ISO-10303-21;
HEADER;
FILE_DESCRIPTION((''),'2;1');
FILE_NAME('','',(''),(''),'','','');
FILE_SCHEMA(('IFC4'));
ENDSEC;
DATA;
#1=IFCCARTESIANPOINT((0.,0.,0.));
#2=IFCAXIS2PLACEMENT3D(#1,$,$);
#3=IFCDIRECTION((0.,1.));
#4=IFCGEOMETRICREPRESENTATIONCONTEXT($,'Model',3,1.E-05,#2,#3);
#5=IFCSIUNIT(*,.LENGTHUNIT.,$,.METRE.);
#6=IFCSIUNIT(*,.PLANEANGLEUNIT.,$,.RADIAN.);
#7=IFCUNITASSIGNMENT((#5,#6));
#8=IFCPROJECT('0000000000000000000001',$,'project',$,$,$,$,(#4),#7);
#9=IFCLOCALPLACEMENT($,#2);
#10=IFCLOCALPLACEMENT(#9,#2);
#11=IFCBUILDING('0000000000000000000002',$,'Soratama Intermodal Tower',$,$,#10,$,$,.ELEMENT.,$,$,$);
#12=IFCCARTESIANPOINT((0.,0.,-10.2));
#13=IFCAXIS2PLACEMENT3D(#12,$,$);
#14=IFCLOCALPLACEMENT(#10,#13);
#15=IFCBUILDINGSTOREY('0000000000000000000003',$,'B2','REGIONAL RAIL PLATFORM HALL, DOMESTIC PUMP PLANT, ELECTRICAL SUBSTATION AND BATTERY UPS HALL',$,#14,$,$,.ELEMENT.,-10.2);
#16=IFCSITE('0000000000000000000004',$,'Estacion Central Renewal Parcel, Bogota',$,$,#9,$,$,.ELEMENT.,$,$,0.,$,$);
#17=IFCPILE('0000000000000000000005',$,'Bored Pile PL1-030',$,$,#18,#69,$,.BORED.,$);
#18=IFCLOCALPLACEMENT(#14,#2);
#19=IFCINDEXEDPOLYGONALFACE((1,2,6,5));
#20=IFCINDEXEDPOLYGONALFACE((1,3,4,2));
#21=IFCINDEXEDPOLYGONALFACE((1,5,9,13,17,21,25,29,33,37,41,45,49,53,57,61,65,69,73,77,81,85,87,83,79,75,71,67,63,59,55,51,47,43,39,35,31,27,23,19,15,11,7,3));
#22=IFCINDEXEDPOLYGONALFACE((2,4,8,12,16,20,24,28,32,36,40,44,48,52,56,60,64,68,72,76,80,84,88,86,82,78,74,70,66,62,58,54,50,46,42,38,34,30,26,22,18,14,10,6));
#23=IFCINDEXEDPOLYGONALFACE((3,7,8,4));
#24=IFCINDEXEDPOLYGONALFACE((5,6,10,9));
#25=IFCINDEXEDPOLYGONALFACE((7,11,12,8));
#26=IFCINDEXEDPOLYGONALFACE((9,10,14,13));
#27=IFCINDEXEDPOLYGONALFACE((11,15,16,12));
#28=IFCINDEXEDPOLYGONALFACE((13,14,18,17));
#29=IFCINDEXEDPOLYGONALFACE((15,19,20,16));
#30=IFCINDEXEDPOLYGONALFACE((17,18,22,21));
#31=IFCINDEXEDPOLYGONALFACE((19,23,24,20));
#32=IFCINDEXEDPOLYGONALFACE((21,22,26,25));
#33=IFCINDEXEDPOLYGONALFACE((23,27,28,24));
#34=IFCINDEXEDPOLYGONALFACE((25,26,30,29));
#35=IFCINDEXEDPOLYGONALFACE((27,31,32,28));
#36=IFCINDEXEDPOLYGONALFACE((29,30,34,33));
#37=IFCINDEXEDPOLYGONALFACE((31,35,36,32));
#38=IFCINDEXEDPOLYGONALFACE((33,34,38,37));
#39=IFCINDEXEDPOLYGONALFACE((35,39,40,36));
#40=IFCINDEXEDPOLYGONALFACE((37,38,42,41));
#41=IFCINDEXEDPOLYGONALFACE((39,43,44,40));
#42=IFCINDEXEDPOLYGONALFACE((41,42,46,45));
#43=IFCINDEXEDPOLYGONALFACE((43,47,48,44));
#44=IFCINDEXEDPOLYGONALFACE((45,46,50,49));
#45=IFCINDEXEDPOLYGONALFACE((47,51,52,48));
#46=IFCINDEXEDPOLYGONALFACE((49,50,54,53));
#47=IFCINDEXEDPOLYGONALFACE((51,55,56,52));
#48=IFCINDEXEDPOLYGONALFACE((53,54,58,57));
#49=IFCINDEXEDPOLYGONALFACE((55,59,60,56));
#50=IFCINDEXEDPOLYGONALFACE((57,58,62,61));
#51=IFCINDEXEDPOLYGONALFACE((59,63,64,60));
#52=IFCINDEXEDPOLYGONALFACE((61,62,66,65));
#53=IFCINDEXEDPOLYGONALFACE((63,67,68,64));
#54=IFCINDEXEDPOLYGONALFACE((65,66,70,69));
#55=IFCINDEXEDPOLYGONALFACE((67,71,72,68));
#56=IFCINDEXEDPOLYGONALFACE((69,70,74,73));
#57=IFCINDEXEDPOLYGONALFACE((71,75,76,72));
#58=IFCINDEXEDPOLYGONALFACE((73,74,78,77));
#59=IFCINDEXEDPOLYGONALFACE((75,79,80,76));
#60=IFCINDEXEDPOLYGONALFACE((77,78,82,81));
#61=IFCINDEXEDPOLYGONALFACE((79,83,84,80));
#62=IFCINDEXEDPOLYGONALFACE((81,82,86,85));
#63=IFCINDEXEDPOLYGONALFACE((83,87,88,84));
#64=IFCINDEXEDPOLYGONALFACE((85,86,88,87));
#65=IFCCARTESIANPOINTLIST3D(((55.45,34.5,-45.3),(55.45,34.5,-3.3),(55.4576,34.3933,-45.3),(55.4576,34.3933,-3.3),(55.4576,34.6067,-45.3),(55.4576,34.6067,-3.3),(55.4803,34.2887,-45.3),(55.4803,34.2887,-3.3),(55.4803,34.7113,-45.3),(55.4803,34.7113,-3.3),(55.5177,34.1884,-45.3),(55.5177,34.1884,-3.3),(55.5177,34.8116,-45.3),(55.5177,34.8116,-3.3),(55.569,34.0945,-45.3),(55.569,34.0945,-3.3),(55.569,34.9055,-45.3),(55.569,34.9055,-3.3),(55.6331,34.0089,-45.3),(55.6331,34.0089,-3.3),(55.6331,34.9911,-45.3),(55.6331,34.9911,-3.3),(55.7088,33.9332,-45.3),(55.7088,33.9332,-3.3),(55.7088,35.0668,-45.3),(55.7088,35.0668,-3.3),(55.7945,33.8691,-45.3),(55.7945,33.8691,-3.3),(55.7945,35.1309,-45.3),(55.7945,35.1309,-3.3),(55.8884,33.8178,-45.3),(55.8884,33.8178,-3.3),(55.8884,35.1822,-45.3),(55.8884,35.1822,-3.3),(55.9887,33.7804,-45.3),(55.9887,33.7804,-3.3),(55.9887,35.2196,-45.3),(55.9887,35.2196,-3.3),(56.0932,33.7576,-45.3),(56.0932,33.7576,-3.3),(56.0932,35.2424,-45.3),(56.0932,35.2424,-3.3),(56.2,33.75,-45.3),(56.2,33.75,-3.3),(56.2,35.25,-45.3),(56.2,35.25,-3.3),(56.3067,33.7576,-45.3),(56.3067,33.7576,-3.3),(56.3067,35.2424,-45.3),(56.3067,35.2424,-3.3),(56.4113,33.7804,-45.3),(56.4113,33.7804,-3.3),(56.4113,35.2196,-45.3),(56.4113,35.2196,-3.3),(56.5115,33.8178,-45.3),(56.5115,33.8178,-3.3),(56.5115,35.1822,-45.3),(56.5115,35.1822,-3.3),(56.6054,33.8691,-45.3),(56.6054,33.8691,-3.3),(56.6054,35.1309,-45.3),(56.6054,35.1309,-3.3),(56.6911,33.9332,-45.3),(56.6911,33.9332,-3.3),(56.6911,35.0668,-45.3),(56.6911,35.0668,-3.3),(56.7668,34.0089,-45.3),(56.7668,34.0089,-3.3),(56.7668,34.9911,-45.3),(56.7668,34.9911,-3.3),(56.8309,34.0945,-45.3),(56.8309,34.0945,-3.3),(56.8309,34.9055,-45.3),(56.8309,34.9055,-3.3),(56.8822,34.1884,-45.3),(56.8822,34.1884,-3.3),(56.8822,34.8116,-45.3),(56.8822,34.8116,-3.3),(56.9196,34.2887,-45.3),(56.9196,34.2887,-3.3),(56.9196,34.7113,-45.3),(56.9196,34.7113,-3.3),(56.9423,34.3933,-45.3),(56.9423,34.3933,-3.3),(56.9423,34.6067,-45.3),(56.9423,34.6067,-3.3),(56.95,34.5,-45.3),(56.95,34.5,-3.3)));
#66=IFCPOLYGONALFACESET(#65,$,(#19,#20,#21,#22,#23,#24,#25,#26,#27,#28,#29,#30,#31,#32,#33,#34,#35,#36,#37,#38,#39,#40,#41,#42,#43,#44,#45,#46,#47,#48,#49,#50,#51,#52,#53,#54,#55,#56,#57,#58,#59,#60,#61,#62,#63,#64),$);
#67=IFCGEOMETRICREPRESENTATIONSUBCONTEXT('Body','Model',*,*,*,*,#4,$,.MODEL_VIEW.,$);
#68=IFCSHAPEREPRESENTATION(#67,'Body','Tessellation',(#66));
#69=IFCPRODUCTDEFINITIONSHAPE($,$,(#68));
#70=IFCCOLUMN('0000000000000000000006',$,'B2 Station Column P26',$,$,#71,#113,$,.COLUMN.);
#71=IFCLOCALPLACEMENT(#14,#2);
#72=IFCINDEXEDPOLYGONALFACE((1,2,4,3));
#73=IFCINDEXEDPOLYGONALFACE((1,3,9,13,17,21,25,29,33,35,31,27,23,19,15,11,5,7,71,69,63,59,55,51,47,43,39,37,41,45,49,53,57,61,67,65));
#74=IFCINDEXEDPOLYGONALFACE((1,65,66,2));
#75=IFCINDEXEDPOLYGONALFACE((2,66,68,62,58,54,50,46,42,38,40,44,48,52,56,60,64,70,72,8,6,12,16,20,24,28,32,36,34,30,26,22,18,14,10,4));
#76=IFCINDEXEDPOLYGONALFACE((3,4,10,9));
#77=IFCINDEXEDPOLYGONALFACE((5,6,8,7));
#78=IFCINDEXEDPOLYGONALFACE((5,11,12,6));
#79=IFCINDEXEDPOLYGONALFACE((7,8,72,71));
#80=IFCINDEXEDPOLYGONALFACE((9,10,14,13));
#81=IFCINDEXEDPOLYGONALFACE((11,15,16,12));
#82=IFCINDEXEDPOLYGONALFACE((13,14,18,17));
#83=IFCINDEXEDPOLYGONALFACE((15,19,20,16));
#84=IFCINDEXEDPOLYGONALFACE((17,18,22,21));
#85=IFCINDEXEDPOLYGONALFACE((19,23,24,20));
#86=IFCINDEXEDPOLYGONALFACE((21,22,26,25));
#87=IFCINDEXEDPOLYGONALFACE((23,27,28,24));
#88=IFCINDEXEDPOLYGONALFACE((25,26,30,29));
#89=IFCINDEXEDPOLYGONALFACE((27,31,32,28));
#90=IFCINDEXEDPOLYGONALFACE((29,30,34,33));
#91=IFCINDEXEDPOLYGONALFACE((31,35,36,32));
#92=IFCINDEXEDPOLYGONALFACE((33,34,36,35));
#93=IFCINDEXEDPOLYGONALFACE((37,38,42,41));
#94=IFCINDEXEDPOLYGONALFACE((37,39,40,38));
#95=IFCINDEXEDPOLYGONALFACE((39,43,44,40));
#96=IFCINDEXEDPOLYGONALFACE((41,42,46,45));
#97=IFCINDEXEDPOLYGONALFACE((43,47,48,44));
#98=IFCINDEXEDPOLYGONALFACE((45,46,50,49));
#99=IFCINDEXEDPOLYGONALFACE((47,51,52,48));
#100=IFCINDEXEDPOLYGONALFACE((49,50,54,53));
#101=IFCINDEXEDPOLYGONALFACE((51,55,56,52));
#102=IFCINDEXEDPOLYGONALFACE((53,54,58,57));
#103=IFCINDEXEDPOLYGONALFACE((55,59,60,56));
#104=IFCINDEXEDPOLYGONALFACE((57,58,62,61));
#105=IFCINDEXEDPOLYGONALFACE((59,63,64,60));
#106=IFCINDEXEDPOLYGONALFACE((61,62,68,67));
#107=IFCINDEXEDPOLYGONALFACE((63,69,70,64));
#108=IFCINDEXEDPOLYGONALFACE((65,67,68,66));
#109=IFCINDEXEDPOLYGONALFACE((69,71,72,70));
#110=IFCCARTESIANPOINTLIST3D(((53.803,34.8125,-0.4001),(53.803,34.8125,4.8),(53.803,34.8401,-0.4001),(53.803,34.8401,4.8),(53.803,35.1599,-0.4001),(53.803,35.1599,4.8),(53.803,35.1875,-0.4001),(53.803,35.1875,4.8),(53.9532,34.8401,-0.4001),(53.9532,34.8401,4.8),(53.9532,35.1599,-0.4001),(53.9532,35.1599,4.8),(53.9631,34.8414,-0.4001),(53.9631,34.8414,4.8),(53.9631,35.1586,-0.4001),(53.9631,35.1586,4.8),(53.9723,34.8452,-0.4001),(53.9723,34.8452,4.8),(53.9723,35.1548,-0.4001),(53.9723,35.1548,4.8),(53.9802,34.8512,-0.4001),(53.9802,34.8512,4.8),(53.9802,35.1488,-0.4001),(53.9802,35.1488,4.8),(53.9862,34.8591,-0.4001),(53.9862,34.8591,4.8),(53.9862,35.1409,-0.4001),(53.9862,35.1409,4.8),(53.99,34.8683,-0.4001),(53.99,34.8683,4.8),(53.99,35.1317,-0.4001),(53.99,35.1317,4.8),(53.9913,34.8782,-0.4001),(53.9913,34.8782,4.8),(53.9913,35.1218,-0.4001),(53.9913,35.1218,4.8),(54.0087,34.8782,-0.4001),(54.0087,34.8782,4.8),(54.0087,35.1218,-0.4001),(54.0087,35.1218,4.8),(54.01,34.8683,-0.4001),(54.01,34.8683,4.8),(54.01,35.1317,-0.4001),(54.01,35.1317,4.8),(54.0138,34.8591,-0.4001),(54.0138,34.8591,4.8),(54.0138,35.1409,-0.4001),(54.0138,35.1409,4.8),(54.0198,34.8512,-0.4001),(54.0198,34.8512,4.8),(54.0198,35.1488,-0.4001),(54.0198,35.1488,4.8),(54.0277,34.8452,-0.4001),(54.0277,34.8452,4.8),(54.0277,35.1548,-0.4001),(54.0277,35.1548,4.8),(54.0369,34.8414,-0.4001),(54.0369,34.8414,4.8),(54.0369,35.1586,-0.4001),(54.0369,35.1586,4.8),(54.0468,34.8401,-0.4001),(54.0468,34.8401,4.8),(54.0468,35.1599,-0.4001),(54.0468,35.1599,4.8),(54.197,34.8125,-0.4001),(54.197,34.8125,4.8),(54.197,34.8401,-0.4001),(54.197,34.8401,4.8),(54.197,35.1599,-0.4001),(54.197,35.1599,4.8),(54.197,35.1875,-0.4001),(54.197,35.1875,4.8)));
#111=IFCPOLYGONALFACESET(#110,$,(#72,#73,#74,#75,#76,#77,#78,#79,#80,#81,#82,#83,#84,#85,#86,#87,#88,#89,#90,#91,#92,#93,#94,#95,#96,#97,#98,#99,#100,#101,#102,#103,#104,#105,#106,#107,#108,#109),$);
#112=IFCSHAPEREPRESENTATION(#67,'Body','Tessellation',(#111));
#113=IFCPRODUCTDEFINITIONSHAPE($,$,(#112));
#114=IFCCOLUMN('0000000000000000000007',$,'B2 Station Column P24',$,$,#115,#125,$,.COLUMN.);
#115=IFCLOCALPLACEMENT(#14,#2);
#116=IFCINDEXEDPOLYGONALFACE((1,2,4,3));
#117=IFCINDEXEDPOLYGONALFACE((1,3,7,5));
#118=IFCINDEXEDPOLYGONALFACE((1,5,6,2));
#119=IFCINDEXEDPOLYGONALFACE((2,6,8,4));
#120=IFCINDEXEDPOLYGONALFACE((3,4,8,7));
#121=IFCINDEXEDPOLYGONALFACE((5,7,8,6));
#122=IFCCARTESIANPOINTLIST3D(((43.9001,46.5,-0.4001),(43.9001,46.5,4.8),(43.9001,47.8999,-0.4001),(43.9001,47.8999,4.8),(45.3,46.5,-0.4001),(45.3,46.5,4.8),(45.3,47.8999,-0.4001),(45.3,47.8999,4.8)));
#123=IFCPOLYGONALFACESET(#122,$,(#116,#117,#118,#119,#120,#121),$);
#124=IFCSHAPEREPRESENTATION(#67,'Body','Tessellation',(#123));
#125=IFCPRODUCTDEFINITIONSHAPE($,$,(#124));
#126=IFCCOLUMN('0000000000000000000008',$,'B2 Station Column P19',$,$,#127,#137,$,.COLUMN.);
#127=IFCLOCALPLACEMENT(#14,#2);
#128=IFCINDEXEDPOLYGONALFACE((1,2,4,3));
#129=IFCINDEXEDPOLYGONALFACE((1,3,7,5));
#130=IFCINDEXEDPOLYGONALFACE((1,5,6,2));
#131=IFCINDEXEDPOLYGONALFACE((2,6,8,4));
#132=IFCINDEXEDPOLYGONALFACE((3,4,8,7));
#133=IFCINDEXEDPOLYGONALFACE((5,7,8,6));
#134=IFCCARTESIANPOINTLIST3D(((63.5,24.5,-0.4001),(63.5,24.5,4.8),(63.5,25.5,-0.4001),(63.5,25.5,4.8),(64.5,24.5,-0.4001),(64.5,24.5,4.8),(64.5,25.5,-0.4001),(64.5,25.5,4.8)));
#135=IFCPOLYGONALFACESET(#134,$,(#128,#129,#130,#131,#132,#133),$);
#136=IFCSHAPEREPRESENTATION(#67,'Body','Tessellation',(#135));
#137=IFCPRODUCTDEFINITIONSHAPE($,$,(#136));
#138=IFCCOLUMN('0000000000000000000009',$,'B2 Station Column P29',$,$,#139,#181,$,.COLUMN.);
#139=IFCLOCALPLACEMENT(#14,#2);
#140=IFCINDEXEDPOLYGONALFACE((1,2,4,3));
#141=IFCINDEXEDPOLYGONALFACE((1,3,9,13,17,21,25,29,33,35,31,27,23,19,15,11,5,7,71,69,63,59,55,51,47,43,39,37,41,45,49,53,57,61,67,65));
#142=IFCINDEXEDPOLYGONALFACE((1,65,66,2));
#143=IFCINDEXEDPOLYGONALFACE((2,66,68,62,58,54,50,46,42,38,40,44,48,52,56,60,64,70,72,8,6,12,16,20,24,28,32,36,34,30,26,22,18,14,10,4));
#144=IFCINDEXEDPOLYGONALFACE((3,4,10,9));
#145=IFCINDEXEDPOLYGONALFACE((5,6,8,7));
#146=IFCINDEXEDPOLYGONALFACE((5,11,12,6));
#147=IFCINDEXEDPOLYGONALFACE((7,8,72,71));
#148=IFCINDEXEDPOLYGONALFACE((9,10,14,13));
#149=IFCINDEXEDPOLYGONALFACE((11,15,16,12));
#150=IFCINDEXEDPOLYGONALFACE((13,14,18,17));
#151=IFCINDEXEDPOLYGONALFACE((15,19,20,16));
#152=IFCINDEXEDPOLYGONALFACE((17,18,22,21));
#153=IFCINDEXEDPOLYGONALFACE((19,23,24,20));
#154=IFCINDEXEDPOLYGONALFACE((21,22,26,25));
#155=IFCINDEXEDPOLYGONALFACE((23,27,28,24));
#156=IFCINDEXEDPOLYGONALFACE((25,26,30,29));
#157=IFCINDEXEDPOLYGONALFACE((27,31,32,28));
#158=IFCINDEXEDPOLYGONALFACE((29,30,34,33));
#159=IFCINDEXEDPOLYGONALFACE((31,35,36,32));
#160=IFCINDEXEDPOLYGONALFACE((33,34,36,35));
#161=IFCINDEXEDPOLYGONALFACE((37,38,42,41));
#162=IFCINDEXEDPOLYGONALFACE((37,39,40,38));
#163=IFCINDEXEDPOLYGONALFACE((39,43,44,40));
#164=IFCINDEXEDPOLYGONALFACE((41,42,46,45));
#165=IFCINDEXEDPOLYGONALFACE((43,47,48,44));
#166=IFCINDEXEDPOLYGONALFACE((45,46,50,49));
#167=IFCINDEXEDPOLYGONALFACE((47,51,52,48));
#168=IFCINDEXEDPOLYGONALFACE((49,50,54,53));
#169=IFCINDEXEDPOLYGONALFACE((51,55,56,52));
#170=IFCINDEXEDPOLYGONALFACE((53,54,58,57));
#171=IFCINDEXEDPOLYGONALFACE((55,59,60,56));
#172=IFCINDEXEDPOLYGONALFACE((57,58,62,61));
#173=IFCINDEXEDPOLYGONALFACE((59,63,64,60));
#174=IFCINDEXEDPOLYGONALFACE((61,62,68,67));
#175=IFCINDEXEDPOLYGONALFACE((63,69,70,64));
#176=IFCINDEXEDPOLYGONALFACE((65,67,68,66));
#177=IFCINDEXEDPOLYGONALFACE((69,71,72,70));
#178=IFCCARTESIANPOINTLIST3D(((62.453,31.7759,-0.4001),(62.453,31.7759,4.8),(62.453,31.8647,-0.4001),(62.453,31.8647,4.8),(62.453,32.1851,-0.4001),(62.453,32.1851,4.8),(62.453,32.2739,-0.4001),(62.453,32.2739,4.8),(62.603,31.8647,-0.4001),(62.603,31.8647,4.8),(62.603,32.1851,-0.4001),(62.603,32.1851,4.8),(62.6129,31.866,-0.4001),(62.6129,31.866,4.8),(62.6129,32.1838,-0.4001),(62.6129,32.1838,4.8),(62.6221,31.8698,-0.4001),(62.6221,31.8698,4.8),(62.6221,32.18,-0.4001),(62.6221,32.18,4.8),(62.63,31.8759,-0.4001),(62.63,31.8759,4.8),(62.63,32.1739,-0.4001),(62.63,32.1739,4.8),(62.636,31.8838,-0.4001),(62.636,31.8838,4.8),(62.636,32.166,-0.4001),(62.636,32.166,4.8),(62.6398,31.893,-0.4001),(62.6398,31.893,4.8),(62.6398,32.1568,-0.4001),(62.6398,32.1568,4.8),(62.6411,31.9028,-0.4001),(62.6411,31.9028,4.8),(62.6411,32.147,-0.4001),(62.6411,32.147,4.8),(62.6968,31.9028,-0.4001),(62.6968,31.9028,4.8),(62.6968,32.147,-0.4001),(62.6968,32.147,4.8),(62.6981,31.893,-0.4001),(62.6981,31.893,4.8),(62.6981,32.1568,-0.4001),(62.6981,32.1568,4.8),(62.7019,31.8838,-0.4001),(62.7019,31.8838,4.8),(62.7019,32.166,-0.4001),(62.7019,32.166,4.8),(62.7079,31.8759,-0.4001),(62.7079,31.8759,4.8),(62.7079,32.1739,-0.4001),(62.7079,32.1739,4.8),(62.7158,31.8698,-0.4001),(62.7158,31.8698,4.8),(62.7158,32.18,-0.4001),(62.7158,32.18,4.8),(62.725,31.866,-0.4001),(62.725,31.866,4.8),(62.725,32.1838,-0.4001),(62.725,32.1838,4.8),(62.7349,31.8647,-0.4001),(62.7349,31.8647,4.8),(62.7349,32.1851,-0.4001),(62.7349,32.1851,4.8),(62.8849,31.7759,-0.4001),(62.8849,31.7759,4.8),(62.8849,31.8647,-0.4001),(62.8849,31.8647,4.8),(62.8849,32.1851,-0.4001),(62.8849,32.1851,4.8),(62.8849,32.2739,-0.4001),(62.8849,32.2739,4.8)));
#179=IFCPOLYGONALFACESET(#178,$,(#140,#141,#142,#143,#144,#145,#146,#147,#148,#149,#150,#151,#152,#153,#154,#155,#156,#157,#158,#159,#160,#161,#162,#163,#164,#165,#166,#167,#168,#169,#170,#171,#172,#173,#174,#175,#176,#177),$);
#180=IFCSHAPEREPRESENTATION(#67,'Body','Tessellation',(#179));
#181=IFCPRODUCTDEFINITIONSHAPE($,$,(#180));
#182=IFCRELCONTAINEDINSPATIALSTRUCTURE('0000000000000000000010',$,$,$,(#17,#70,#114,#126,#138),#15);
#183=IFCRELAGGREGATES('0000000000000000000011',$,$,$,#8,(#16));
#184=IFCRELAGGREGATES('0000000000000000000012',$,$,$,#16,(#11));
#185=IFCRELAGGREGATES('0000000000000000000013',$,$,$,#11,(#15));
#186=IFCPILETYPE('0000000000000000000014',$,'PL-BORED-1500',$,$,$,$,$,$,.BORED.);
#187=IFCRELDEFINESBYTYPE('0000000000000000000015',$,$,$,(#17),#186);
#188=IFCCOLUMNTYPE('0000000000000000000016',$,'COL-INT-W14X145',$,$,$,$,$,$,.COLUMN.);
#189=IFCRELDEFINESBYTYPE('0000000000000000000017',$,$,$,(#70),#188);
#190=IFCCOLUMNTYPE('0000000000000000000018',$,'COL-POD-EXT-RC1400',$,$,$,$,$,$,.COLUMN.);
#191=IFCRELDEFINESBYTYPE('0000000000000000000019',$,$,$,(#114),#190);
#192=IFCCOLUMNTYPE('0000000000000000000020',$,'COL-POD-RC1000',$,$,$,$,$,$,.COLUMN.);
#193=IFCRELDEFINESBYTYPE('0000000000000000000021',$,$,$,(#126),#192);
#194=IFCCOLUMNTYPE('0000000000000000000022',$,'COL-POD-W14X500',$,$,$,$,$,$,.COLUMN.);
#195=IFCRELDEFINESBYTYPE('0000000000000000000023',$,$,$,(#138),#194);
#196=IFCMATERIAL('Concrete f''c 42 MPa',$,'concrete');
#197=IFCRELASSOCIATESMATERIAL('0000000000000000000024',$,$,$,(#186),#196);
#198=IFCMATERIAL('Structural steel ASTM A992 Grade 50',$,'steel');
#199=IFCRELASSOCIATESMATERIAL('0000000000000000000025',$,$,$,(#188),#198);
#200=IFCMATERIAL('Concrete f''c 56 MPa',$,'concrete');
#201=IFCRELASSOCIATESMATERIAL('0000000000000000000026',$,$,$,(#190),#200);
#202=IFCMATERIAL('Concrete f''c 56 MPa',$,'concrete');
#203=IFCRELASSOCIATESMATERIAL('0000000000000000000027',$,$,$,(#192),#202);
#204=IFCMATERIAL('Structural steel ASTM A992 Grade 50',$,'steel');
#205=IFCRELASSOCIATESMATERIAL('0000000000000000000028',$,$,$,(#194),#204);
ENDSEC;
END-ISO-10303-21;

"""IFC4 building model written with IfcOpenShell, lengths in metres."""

from ifc_helpers import new_model, si_unit, direction, frame, origin, origin_2d, place, context, subcontext, project, spatial, rectangle, circle, i_section, extrude, material, material_profile, profile_set, type_object, element, save


model = new_model("IFC4")

# Units and contexts
model_context = context("Model", 3, precision=1e-05, world=origin(), true_north=direction((0.0, 1.0)))
body_context = subcontext(model_context, "Body", "Model", "MODEL_VIEW")
ifc_project = project(units=[si_unit("LENGTHUNIT", "METRE"), si_unit("PLANEANGLEUNIT", "RADIAN")], contexts=[model_context])

# Site, building, storey
site_placement = place(None, origin())
site = spatial("IfcSite", under=ifc_project, at=site_placement, Name="Estacion Central Renewal Parcel, Bogota", CompositionType="ELEMENT", RefElevation=0.0)
building_placement = place(site_placement, origin())
building = spatial("IfcBuilding", under=site, at=building_placement, Name="Soratama Intermodal Tower", CompositionType="ELEMENT")
storey_placement = place(building_placement, frame((0.0, 0.0, -10.2)))
storey = spatial("IfcBuildingStorey", under=building, at=storey_placement, Name="B2", Description="REGIONAL RAIL PLATFORM HALL, DOMESTIC PUMP PLANT, ELECTRICAL SUBSTATION AND BATTERY UPS HALL", CompositionType="ELEMENT", Elevation=-10.2)

# Pile
ifc_material_1 = material(Name="Concrete f'c 42 MPa", Category="concrete")
ifc_material_profile_1 = material_profile(ifc_material_1, circle(Radius=0.75, at=origin_2d()), Name="PILE1500")
ifc_profile_set_1 = profile_set([ifc_material_profile_1], Name="Concrete f'c 42 MPa")
pile_type_1 = type_object("IfcPileType", Name="PL-BORED-1500", PredefinedType="BORED", material=ifc_profile_set_1)
for number, where, z_axis, x_axis, name in (
    (1, (56.2, 34.5, -3.3), (0.0, 0.0, -1.0), (1.0, 0.0, 0.0), "Bored Pile PL1-030"),
):
    element("IfcPile", number, at=place(storey_placement, frame(where, z_axis=z_axis, x_axis=x_axis)), inside=storey, type_object=pile_type_1, Name=name, PredefinedType="BORED", context=body_context, shape_type="SweptSolid", body=[
        extrude(circle(Radius=0.75, at=origin_2d()), origin(), (0.0, 0.0, 1.0), 42.0),
    ])

# Columns
ifc_material_2 = material(Name="Structural steel ASTM A992 Grade 50", Category="steel")
ifc_material_profile_2 = material_profile(ifc_material_2, i_section(OverallWidth=0.394, OverallDepth=0.375, WebThickness=0.0173, FlangeThickness=0.0276, FilletRadius=0.0381, at=origin_2d()), Name="W14X145")
ifc_profile_set_2 = profile_set([ifc_material_profile_2], Name="Structural steel ASTM A992 Grade 50")
column_type_1 = type_object("IfcColumnType", Name="COL-INT-W14X145", PredefinedType="COLUMN", material=ifc_profile_set_2)
column_1_placement = place(storey_placement, frame((54.0, 35.0, -0.4001), z_axis=(0.0, 0.0, 1.0), x_axis=(1.0, 0.0, 0.0)))
element("IfcColumn", 2, at=column_1_placement, inside=storey, type_object=column_type_1, Name="B2 Station Column P26", PredefinedType="COLUMN", context=body_context, shape_type="SweptSolid", body=[
    extrude(i_section(OverallWidth=0.394, OverallDepth=0.375, WebThickness=0.0173, FlangeThickness=0.0276, FilletRadius=0.0381, at=origin_2d()), origin(), (0.0, 0.0, 1.0), 5.2002),
])
ifc_material_3 = material(Name="Concrete f'c 56 MPa", Category="concrete")
ifc_material_profile_3 = material_profile(ifc_material_3, rectangle(XDim=1.3999, YDim=1.3999, at=origin_2d()), Name="RC1400X1400")
ifc_profile_set_3 = profile_set([ifc_material_profile_3], Name="Concrete f'c 56 MPa")
column_type_2 = type_object("IfcColumnType", Name="COL-POD-EXT-RC1400", PredefinedType="COLUMN", material=ifc_profile_set_3)
column_2_placement = place(storey_placement, frame((44.6001, 47.2, -0.4001), z_axis=(0.0, 0.0, 1.0), x_axis=(1.0, 0.0, 0.0)))
element("IfcColumn", 3, at=column_2_placement, inside=storey, type_object=column_type_2, Name="B2 Station Column P24", PredefinedType="COLUMN", context=body_context, shape_type="SweptSolid", body=[
    extrude(rectangle(XDim=1.3999, YDim=1.3999, at=origin_2d()), origin(), (0.0, 0.0, 1.0), 5.2002),
])
ifc_material_4 = material(Name="Concrete f'c 56 MPa", Category="concrete")
ifc_material_profile_4 = material_profile(ifc_material_4, rectangle(XDim=1.0, YDim=1.0, at=origin_2d()), Name="RC1000X1000")
ifc_profile_set_4 = profile_set([ifc_material_profile_4], Name="Concrete f'c 56 MPa")
column_type_3 = type_object("IfcColumnType", Name="COL-POD-RC1000", PredefinedType="COLUMN", material=ifc_profile_set_4)
column_3_placement = place(storey_placement, frame((64.0, 25.0, -0.4001), z_axis=(0.0, 0.0, 1.0), x_axis=(1.0, 0.0, 0.0)))
element("IfcColumn", 4, at=column_3_placement, inside=storey, type_object=column_type_3, Name="B2 Station Column P19", PredefinedType="COLUMN", context=body_context, shape_type="SweptSolid", body=[
    extrude(rectangle(XDim=1.0, YDim=1.0, at=origin_2d()), origin(), (0.0, 0.0, 1.0), 5.2002),
])
ifc_material_5 = material(Name="Structural steel ASTM A992 Grade 50", Category="steel")
ifc_material_profile_5 = material_profile(ifc_material_5, i_section(OverallWidth=0.4319, OverallDepth=0.498, WebThickness=0.0557, FlangeThickness=0.0889, FilletRadius=0.0381, at=origin_2d()), Name="W14X500")
ifc_profile_set_5 = profile_set([ifc_material_profile_5], Name="Structural steel ASTM A992 Grade 50")
column_type_4 = type_object("IfcColumnType", Name="COL-POD-W14X500", PredefinedType="COLUMN", material=ifc_profile_set_5)
for number, where, z_axis, x_axis, name in (
    (5, (62.6689, 32.0249, -0.4001), (0.0, 0.0, 1.0), (1.0, 0.0, 0.0), "B2 Station Column P29"),
):
    element("IfcColumn", number, at=place(storey_placement, frame(where, z_axis=z_axis, x_axis=x_axis)), inside=storey, type_object=column_type_4, Name=name, PredefinedType="COLUMN", context=body_context, shape_type="SweptSolid", body=[
        extrude(i_section(OverallWidth=0.4319, OverallDepth=0.498, WebThickness=0.0557, FlangeThickness=0.0889, FilletRadius=0.0381, at=origin_2d()), origin(), (0.0, 0.0, 1.0), 5.2002),
    ])

save(model, "model.ifc")
